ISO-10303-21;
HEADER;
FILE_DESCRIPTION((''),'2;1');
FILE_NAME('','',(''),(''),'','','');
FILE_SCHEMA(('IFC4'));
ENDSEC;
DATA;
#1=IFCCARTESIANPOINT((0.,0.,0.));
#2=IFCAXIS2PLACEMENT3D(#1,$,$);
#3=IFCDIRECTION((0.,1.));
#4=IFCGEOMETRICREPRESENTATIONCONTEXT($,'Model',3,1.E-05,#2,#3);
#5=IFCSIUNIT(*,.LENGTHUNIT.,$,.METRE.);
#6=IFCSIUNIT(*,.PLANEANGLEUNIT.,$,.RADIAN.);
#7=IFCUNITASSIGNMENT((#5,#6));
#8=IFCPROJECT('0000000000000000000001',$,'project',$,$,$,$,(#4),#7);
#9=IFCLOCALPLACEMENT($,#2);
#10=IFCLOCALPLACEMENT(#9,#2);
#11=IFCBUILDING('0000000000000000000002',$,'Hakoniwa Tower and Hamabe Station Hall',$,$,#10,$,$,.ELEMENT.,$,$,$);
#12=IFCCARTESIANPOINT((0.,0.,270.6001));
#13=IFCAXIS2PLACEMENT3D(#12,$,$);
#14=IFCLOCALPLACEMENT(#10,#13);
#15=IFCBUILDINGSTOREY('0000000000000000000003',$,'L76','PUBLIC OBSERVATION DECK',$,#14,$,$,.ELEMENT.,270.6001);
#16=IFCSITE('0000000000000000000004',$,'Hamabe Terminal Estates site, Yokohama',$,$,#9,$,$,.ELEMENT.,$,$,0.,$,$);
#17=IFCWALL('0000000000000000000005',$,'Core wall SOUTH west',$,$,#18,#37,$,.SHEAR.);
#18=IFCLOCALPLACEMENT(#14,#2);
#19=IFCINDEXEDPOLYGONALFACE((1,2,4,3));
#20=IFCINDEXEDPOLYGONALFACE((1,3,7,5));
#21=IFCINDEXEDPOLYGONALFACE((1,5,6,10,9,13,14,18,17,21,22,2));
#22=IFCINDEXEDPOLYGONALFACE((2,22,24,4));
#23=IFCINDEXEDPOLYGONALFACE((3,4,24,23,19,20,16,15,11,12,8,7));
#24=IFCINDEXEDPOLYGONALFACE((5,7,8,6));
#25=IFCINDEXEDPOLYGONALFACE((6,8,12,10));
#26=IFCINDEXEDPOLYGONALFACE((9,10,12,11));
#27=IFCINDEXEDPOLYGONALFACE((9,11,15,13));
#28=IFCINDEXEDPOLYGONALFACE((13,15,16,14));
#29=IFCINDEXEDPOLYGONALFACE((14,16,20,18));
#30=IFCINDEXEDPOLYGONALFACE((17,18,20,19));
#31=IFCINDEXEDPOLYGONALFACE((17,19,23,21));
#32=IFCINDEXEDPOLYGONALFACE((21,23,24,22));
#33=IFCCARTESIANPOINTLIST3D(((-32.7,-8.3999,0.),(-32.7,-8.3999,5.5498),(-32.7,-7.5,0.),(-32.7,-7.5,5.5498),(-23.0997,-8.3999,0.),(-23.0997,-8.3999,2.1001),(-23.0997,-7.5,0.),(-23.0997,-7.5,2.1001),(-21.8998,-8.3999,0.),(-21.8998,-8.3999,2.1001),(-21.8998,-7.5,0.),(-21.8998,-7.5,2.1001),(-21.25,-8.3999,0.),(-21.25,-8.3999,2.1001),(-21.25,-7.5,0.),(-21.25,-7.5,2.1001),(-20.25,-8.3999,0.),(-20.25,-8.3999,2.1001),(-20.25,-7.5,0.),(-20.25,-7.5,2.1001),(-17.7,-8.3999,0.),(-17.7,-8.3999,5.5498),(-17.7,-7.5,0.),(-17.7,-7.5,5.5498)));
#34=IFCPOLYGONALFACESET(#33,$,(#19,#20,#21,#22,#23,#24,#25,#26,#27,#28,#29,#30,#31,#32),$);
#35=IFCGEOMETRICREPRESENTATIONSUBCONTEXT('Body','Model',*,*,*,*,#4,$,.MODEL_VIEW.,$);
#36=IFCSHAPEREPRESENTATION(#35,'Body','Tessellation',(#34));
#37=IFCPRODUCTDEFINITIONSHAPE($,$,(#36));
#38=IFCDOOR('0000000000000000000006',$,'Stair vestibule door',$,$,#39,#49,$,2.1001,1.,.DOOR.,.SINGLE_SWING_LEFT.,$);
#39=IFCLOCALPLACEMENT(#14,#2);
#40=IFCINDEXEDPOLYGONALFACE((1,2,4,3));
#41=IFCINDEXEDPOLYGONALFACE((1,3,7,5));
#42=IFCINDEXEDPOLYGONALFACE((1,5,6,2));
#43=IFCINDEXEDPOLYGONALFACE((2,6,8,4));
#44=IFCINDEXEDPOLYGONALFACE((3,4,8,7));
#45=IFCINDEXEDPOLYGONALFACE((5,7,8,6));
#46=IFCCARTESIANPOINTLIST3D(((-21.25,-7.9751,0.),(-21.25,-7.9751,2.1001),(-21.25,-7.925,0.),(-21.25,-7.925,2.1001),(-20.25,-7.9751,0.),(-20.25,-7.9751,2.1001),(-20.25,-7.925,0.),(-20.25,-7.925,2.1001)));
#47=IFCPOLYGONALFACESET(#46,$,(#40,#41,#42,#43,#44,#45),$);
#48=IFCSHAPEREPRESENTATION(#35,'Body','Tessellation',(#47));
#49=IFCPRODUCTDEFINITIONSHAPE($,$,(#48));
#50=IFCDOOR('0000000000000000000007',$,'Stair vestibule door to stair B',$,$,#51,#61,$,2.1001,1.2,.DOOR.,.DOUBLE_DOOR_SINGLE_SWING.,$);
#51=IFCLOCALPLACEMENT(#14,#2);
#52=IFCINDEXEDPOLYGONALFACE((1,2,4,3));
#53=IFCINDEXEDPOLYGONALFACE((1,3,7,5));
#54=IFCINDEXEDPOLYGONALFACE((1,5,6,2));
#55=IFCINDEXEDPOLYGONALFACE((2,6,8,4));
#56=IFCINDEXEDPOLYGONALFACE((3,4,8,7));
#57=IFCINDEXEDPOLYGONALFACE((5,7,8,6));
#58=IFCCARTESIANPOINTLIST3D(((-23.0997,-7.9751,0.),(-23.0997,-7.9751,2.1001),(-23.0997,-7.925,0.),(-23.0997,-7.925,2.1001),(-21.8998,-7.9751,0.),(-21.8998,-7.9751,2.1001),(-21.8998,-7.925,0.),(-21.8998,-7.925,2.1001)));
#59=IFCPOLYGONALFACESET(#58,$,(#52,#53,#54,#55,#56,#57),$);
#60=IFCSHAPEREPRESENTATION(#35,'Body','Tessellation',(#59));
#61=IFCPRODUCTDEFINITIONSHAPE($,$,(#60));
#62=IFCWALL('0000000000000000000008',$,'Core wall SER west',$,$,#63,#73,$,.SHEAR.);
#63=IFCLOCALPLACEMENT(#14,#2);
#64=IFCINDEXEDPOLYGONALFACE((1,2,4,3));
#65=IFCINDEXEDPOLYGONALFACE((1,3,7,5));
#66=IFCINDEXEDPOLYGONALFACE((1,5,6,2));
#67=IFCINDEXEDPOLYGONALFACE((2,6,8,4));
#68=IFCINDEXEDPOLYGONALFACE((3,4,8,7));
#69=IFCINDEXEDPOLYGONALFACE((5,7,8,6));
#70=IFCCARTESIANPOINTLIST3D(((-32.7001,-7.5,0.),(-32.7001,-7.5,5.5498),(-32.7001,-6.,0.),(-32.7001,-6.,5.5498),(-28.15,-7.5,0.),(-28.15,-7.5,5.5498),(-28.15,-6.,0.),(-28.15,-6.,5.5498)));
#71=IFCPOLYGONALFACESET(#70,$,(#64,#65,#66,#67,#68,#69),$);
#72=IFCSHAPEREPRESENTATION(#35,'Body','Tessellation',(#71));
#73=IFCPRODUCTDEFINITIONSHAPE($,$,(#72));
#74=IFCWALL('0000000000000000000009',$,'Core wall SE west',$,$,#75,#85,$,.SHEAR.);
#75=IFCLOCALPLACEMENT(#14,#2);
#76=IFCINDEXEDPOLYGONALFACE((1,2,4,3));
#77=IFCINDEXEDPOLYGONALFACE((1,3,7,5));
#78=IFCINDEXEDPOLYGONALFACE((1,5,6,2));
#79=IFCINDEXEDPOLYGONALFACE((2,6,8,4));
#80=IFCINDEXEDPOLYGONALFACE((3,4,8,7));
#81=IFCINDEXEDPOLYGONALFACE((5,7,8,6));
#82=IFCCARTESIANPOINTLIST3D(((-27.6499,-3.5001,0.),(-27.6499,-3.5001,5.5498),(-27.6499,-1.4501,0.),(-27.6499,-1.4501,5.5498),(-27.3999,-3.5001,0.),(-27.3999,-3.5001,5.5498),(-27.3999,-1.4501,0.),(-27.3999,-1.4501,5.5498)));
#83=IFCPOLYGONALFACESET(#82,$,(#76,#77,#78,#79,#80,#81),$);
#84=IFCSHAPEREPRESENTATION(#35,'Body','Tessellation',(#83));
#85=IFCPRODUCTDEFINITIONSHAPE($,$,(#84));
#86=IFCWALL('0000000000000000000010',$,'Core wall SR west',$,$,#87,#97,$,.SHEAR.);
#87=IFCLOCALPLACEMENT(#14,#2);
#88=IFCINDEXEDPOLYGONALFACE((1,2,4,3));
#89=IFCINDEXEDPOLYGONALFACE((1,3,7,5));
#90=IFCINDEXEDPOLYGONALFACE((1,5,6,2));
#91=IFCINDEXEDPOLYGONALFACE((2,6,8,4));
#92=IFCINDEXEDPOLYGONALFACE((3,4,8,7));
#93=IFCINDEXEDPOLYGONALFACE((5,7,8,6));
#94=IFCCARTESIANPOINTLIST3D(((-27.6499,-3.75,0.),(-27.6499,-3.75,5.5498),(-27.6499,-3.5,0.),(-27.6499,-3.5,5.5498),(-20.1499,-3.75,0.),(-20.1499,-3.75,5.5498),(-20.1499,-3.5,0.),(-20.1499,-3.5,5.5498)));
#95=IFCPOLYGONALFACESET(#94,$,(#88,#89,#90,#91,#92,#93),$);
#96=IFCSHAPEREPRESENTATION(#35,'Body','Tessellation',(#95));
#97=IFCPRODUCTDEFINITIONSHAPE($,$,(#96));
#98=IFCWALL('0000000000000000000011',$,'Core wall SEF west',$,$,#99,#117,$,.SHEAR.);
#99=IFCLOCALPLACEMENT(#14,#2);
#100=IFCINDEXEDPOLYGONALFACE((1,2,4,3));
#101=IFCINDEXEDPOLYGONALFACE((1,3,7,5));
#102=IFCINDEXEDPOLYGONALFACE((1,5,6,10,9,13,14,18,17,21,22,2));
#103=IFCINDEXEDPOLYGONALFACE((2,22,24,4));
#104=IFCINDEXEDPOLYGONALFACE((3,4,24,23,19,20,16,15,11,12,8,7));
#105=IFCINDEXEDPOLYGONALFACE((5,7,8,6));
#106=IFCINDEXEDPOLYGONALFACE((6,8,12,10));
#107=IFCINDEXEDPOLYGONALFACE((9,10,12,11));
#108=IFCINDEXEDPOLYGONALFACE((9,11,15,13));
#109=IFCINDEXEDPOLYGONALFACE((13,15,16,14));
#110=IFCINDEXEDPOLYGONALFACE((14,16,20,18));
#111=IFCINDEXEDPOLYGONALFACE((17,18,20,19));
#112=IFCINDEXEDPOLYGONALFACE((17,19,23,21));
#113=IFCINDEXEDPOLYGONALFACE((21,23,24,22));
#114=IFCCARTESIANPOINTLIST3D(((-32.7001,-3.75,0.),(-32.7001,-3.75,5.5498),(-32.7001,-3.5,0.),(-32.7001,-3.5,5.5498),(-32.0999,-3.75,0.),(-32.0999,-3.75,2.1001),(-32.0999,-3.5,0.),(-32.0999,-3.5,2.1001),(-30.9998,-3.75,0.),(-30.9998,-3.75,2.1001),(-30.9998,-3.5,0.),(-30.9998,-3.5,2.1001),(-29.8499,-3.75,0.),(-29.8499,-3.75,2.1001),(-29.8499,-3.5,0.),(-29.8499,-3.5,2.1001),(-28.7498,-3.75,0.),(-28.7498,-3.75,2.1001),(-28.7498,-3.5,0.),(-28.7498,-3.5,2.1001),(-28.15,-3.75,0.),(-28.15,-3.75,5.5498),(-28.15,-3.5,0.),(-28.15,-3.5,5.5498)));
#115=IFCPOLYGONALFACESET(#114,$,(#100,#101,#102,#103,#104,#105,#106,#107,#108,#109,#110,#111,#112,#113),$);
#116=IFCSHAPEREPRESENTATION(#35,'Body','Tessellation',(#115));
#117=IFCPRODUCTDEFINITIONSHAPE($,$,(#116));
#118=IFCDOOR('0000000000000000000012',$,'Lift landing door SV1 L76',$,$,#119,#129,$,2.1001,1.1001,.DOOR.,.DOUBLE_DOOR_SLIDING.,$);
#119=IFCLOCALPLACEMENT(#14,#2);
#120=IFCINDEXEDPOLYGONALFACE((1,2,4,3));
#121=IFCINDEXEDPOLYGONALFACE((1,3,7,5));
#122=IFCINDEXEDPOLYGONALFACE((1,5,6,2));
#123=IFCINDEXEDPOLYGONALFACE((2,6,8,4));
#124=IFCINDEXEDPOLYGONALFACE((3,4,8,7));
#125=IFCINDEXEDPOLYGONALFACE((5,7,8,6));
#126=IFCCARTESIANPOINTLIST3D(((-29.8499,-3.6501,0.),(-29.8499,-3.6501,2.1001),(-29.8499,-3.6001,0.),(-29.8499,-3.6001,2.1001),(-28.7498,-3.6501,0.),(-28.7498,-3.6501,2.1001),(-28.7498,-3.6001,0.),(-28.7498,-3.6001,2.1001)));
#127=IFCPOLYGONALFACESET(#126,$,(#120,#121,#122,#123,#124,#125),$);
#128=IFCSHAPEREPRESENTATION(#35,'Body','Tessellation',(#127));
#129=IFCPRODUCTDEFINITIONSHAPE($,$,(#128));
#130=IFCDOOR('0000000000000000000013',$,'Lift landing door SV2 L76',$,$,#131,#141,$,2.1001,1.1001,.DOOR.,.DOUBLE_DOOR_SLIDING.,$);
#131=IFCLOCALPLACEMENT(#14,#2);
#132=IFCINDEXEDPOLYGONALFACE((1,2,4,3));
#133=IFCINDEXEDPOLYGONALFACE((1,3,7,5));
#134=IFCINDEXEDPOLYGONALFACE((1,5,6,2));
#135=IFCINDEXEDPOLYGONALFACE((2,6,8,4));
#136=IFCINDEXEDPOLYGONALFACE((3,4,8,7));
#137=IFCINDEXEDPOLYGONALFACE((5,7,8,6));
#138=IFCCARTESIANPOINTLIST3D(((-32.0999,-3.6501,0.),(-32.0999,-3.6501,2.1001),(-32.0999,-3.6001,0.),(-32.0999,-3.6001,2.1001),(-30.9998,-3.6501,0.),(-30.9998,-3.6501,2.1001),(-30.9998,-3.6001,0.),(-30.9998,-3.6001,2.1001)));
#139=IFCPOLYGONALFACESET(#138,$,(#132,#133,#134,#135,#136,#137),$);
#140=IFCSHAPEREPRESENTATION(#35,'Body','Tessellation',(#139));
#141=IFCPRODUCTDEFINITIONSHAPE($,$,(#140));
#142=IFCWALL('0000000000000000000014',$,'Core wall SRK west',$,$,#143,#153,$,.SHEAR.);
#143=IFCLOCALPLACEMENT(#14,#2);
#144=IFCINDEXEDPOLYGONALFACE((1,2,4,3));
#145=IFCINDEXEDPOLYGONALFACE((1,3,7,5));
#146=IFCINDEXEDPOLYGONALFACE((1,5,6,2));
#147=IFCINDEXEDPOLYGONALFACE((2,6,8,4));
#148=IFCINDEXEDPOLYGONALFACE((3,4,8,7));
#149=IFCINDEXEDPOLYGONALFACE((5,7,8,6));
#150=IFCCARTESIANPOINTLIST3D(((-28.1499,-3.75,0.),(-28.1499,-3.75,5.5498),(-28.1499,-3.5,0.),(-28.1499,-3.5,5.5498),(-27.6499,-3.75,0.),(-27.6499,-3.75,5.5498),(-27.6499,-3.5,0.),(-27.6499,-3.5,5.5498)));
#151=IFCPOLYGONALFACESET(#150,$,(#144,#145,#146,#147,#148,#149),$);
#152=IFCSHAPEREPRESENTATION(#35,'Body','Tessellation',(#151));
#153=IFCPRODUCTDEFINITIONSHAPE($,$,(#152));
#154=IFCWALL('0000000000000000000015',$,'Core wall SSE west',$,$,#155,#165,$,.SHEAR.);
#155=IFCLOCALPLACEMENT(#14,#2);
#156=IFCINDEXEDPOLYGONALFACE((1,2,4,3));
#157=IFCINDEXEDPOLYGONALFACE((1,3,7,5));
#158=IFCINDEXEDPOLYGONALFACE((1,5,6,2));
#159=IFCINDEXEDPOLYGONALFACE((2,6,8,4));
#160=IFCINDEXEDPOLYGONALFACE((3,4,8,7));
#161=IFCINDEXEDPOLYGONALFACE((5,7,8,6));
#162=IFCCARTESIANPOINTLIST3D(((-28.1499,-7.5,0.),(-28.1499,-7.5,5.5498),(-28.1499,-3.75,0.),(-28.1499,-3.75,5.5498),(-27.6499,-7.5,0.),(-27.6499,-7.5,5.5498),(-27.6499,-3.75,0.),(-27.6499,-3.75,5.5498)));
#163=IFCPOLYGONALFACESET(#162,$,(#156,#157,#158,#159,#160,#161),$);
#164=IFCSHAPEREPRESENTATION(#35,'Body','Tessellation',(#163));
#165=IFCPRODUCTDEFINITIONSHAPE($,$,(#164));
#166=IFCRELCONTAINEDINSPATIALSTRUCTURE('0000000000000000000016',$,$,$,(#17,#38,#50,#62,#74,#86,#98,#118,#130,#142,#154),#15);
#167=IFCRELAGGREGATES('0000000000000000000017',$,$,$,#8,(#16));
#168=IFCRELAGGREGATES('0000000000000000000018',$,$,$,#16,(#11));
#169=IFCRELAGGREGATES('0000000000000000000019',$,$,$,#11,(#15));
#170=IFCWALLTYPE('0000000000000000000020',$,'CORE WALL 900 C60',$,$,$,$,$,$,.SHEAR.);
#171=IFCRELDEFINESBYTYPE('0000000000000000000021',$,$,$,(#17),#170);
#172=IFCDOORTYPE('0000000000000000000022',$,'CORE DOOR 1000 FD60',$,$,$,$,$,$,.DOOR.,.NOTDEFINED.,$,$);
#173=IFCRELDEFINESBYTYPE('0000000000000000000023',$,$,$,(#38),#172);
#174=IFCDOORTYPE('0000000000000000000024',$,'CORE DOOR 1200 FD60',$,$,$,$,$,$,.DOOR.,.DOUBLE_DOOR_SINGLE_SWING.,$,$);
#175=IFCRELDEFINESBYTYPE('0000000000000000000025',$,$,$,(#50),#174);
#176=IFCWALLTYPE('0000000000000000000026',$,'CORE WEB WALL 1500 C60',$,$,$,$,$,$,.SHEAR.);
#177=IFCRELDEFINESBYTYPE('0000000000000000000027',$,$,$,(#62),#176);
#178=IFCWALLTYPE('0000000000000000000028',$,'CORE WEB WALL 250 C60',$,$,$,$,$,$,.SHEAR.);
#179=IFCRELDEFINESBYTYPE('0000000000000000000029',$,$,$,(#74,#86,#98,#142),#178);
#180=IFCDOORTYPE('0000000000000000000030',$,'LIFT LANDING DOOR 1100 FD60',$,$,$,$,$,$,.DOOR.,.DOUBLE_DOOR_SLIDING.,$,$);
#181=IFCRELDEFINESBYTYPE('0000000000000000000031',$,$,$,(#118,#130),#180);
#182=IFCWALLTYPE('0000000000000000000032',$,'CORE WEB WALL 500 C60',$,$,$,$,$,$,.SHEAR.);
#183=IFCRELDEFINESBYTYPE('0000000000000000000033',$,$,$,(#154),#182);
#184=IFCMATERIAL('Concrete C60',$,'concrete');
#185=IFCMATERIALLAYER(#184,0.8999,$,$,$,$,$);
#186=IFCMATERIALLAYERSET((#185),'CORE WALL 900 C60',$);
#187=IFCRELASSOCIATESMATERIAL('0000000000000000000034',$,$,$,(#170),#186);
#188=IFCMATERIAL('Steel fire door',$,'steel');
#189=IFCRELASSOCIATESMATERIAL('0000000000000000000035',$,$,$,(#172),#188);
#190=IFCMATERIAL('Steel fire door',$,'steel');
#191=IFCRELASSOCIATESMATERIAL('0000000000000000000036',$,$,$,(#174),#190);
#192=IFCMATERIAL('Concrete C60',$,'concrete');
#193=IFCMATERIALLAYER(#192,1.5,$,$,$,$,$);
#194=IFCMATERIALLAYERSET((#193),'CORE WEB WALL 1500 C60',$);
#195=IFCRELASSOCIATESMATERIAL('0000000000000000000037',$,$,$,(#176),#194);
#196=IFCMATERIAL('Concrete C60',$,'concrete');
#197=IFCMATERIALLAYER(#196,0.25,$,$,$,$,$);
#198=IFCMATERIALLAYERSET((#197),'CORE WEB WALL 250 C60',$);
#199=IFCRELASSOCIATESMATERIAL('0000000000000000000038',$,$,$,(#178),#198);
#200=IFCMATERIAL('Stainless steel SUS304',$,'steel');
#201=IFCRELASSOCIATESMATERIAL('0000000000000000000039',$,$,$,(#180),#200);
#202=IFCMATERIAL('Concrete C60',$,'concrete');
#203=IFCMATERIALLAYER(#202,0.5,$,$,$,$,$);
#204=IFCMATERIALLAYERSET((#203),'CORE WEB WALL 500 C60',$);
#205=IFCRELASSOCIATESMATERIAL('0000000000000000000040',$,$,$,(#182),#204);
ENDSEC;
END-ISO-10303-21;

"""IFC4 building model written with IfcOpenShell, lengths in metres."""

from ifc_helpers import new_model, si_unit, direction, frame, frame_2d, origin, place, context, subcontext, project, spatial, rectangle, extrude, material, layer, layer_set, type_object, element, fill, save


model = new_model("IFC4")

# Units and contexts
model_context = context("Model", 3, precision=1e-05, world=origin(), true_north=direction((0.0, 1.0)))
body_context = subcontext(model_context, "Body", "Model", "MODEL_VIEW")
ifc_project = project(units=[si_unit("LENGTHUNIT", "METRE"), si_unit("PLANEANGLEUNIT", "RADIAN")], contexts=[model_context])

# Site, building, storey
site_placement = place(None, origin())
site = spatial("IfcSite", under=ifc_project, at=site_placement, Name="Hamabe Terminal Estates site, Yokohama", CompositionType="ELEMENT", RefElevation=0.0)
building_placement = place(site_placement, origin())
building = spatial("IfcBuilding", under=site, at=building_placement, Name="Hakoniwa Tower and Hamabe Station Hall", CompositionType="ELEMENT")
storey_placement = place(building_placement, frame((0.0, 0.0, 270.6001)))
storey = spatial("IfcBuildingStorey", under=building, at=storey_placement, Name="L76", Description="PUBLIC OBSERVATION DECK", CompositionType="ELEMENT", Elevation=270.6001)

# Shared definitions
ifc_material_1 = material(Name="Concrete C60", Category="concrete")
ifc_layer_1 = layer(ifc_material_1, 0.8999)
ifc_layer_set_1 = layer_set([ifc_layer_1], Name="CORE WALL 900 C60")
wall_type_1 = type_object("IfcWallType", Name="CORE WALL 900 C60", PredefinedType="SHEAR", material=ifc_layer_set_1)

# Wall, openings, doors
wall_1_placement = place(storey_placement, frame((-32.7, -7.95, 0.0), z_axis=(0.0, 0.0, 1.0), x_axis=(1.0, 0.0, 0.0)))
wall_1 = element("IfcWall", 1, at=wall_1_placement, inside=storey, type_object=wall_type_1, Name="Core wall SOUTH west", PredefinedType="SHEAR", context=body_context, shape_type="SweptSolid", body=[
    extrude(rectangle(XDim=15.0, YDim=0.8999, at=frame_2d((7.5, 0.0))), origin(), (0.0, 0.0, 1.0), 5.5498),
])
opening_1_placement = place(wall_1_placement, frame((11.45, 0.0, 0.0)))
opening_1 = element("IfcOpeningElement", 2, at=opening_1_placement, cuts=wall_1, PredefinedType="OPENING", context=body_context, shape_type="SweptSolid", body=[
    extrude(rectangle(XDim=1.0, YDim=2.1001, at=frame_2d((0.5, 1.05))), frame((0.0, 0.46, 0.0), z_axis=(0.0, -1.0, 0.0), x_axis=(1.0, 0.0, 0.0)), (0.0, 0.0, 1.0), 0.9199),
])
opening_2_placement = place(wall_1_placement, frame((9.6001, 0.0, 0.0)))
opening_2 = element("IfcOpeningElement", 3, at=opening_2_placement, cuts=wall_1, PredefinedType="OPENING", context=body_context, shape_type="SweptSolid", body=[
    extrude(rectangle(XDim=1.2, YDim=2.1001, at=frame_2d((0.6001, 1.05))), frame((0.0, 0.46, 0.0), z_axis=(0.0, -1.0, 0.0), x_axis=(1.0, 0.0, 0.0)), (0.0, 0.0, 1.0), 0.9199),
])
ifc_material_2 = material(Name="Steel fire door", Category="steel")
door_type_1 = type_object("IfcDoorType", Name="CORE DOOR 1000 FD60", OperationType="NOTDEFINED", PredefinedType="DOOR", material=ifc_material_2)
door_1_placement = place(opening_1_placement, origin())
door_1 = element("IfcDoor", 4, at=door_1_placement, inside=storey, type_object=door_type_1, Name="Stair vestibule door", OperationType="SINGLE_SWING_LEFT", OverallHeight=2.1001, OverallWidth=1.0, PredefinedType="DOOR", context=body_context, shape_type="SweptSolid", body=[
    extrude(rectangle(XDim=1.0, YDim=2.1001, at=frame_2d((0.5, 1.05))), frame((0.0, 0.0249, 0.0), z_axis=(0.0, -1.0, 0.0), x_axis=(1.0, 0.0, 0.0)), (0.0, 0.0, 1.0), 0.05),
])
fill(opening_1, door_1)
ifc_material_3 = material(Name="Steel fire door", Category="steel")
door_type_2 = type_object("IfcDoorType", Name="CORE DOOR 1200 FD60", OperationType="DOUBLE_DOOR_SINGLE_SWING", PredefinedType="DOOR", material=ifc_material_3)
door_2_placement = place(opening_2_placement, origin())
door_2 = element("IfcDoor", 5, at=door_2_placement, inside=storey, type_object=door_type_2, Name="Stair vestibule door to stair B", OperationType="DOUBLE_DOOR_SINGLE_SWING", OverallHeight=2.1001, OverallWidth=1.2, PredefinedType="DOOR", context=body_context, shape_type="SweptSolid", body=[
    extrude(rectangle(XDim=1.2, YDim=2.1001, at=frame_2d((0.6001, 1.05))), frame((0.0, 0.0249, 0.0), z_axis=(0.0, -1.0, 0.0), x_axis=(1.0, 0.0, 0.0)), (0.0, 0.0, 1.0), 0.05),
])
fill(opening_2, door_2)

# Walls
ifc_material_4 = material(Name="Concrete C60", Category="concrete")
ifc_layer_2 = layer(ifc_material_4, 1.5)
ifc_layer_set_2 = layer_set([ifc_layer_2], Name="CORE WEB WALL 1500 C60")
wall_type_2 = type_object("IfcWallType", Name="CORE WEB WALL 1500 C60", PredefinedType="SHEAR", material=ifc_layer_set_2)
wall_2_placement = place(storey_placement, frame((-32.7, -6.75, 0.0), z_axis=(0.0, 0.0, 1.0), x_axis=(1.0, 0.0, 0.0)))
element("IfcWall", 6, at=wall_2_placement, inside=storey, type_object=wall_type_2, Name="Core wall SER west", PredefinedType="SHEAR", context=body_context, shape_type="SweptSolid", body=[
    extrude(rectangle(XDim=4.55, YDim=1.5, at=frame_2d((2.2749, 0.0))), origin(), (0.0, 0.0, 1.0), 5.5498),
])
ifc_material_5 = material(Name="Concrete C60", Category="concrete")
ifc_layer_3 = layer(ifc_material_5, 0.25)
ifc_layer_set_3 = layer_set([ifc_layer_3], Name="CORE WEB WALL 250 C60")
wall_type_3 = type_object("IfcWallType", Name="CORE WEB WALL 250 C60", PredefinedType="SHEAR", material=ifc_layer_set_3)
wall_3_placement = place(storey_placement, frame((-27.5249, -3.5, 0.0), z_axis=(0.0, 0.0, 1.0), x_axis=(0.0, 1.0, 0.0)))
element("IfcWall", 7, at=wall_3_placement, inside=storey, type_object=wall_type_3, Name="Core wall SE west", PredefinedType="SHEAR", context=body_context, shape_type="SweptSolid", body=[
    extrude(rectangle(XDim=2.05, YDim=0.25, at=frame_2d((1.0249, 0.0))), origin(), (0.0, 0.0, 1.0), 5.5498),
])
wall_4_placement = place(storey_placement, frame((-27.6499, -3.625, 0.0), z_axis=(0.0, 0.0, 1.0), x_axis=(1.0, 0.0, 0.0)))
element("IfcWall", 8, at=wall_4_placement, inside=storey, type_object=wall_type_3, Name="Core wall SR west", PredefinedType="SHEAR", context=body_context, shape_type="SweptSolid", body=[
    extrude(rectangle(XDim=7.5, YDim=0.25, at=frame_2d((3.75, 0.0))), origin(), (0.0, 0.0, 1.0), 5.5498),
])

# Wall, openings, doors
wall_5_placement = place(storey_placement, frame((-32.7, -3.625, 0.0), z_axis=(0.0, 0.0, 1.0), x_axis=(1.0, 0.0, 0.0)))
wall_5 = element("IfcWall", 9, at=wall_5_placement, inside=storey, type_object=wall_type_3, Name="Core wall SEF west", PredefinedType="SHEAR", context=body_context, shape_type="SweptSolid", body=[
    extrude(rectangle(XDim=4.55, YDim=0.25, at=frame_2d((2.2749, 0.0))), origin(), (0.0, 0.0, 1.0), 5.5498),
])
opening_3_placement = place(wall_5_placement, frame((2.8501, 0.0, 0.0)))
opening_3 = element("IfcOpeningElement", 10, at=opening_3_placement, cuts=wall_5, PredefinedType="OPENING", context=body_context, shape_type="SweptSolid", body=[
    extrude(rectangle(XDim=1.1001, YDim=2.1001, at=frame_2d((0.55, 1.05))), frame((0.0, 0.135, 0.0), z_axis=(0.0, -1.0, 0.0), x_axis=(1.0, 0.0, 0.0)), (0.0, 0.0, 1.0), 0.27),
])
opening_4_placement = place(wall_5_placement, frame((0.6001, 0.0, 0.0)))
opening_4 = element("IfcOpeningElement", 11, at=opening_4_placement, cuts=wall_5, PredefinedType="OPENING", context=body_context, shape_type="SweptSolid", body=[
    extrude(rectangle(XDim=1.1001, YDim=2.1001, at=frame_2d((0.55, 1.05))), frame((0.0, 0.135, 0.0), z_axis=(0.0, -1.0, 0.0), x_axis=(1.0, 0.0, 0.0)), (0.0, 0.0, 1.0), 0.27),
])
ifc_material_6 = material(Name="Stainless steel SUS304", Category="steel")
door_type_3 = type_object("IfcDoorType", Name="LIFT LANDING DOOR 1100 FD60", OperationType="DOUBLE_DOOR_SLIDING", PredefinedType="DOOR", material=ifc_material_6)
door_3_placement = place(opening_3_placement, origin())
door_3 = element("IfcDoor", 12, at=door_3_placement, inside=storey, type_object=door_type_3, Name="Lift landing door SV1 L76", OperationType="DOUBLE_DOOR_SLIDING", OverallHeight=2.1001, OverallWidth=1.1001, PredefinedType="DOOR", context=body_context, shape_type="SweptSolid", body=[
    extrude(rectangle(XDim=1.1001, YDim=2.1001, at=frame_2d((0.55, 1.05))), frame((0.0, 0.0249, 0.0), z_axis=(0.0, -1.0, 0.0), x_axis=(1.0, 0.0, 0.0)), (0.0, 0.0, 1.0), 0.05),
])
fill(opening_3, door_3)
door_4_placement = place(opening_4_placement, origin())
door_4 = element("IfcDoor", 13, at=door_4_placement, inside=storey, type_object=door_type_3, Name="Lift landing door SV2 L76", OperationType="DOUBLE_DOOR_SLIDING", OverallHeight=2.1001, OverallWidth=1.1001, PredefinedType="DOOR", context=body_context, shape_type="SweptSolid", body=[
    extrude(rectangle(XDim=1.1001, YDim=2.1001, at=frame_2d((0.55, 1.05))), frame((0.0, 0.0249, 0.0), z_axis=(0.0, -1.0, 0.0), x_axis=(1.0, 0.0, 0.0)), (0.0, 0.0, 1.0), 0.05),
])
fill(opening_4, door_4)

# Walls
wall_6_placement = place(storey_placement, frame((-28.1499, -3.625, 0.0), z_axis=(0.0, 0.0, 1.0), x_axis=(1.0, 0.0, 0.0)))
element("IfcWall", 14, at=wall_6_placement, inside=storey, type_object=wall_type_3, Name="Core wall SRK west", PredefinedType="SHEAR", context=body_context, shape_type="SweptSolid", body=[
    extrude(rectangle(XDim=0.5, YDim=0.25, at=frame_2d((0.25, 0.0))), origin(), (0.0, 0.0, 1.0), 5.5498),
])
ifc_material_7 = material(Name="Concrete C60", Category="concrete")
ifc_layer_4 = layer(ifc_material_7, 0.5)
ifc_layer_set_4 = layer_set([ifc_layer_4], Name="CORE WEB WALL 500 C60")
wall_type_4 = type_object("IfcWallType", Name="CORE WEB WALL 500 C60", PredefinedType="SHEAR", material=ifc_layer_set_4)
wall_7_placement = place(storey_placement, frame((-27.8999, -7.5, 0.0), z_axis=(0.0, 0.0, 1.0), x_axis=(0.0, 1.0, 0.0)))
element("IfcWall", 15, at=wall_7_placement, inside=storey, type_object=wall_type_4, Name="Core wall SSE west", PredefinedType="SHEAR", context=body_context, shape_type="SweptSolid", body=[
    extrude(rectangle(XDim=3.75, YDim=0.5, at=frame_2d((1.875, 0.0))), origin(), (0.0, 0.0, 1.0), 5.5498),
])

save(model, "model.ifc")
